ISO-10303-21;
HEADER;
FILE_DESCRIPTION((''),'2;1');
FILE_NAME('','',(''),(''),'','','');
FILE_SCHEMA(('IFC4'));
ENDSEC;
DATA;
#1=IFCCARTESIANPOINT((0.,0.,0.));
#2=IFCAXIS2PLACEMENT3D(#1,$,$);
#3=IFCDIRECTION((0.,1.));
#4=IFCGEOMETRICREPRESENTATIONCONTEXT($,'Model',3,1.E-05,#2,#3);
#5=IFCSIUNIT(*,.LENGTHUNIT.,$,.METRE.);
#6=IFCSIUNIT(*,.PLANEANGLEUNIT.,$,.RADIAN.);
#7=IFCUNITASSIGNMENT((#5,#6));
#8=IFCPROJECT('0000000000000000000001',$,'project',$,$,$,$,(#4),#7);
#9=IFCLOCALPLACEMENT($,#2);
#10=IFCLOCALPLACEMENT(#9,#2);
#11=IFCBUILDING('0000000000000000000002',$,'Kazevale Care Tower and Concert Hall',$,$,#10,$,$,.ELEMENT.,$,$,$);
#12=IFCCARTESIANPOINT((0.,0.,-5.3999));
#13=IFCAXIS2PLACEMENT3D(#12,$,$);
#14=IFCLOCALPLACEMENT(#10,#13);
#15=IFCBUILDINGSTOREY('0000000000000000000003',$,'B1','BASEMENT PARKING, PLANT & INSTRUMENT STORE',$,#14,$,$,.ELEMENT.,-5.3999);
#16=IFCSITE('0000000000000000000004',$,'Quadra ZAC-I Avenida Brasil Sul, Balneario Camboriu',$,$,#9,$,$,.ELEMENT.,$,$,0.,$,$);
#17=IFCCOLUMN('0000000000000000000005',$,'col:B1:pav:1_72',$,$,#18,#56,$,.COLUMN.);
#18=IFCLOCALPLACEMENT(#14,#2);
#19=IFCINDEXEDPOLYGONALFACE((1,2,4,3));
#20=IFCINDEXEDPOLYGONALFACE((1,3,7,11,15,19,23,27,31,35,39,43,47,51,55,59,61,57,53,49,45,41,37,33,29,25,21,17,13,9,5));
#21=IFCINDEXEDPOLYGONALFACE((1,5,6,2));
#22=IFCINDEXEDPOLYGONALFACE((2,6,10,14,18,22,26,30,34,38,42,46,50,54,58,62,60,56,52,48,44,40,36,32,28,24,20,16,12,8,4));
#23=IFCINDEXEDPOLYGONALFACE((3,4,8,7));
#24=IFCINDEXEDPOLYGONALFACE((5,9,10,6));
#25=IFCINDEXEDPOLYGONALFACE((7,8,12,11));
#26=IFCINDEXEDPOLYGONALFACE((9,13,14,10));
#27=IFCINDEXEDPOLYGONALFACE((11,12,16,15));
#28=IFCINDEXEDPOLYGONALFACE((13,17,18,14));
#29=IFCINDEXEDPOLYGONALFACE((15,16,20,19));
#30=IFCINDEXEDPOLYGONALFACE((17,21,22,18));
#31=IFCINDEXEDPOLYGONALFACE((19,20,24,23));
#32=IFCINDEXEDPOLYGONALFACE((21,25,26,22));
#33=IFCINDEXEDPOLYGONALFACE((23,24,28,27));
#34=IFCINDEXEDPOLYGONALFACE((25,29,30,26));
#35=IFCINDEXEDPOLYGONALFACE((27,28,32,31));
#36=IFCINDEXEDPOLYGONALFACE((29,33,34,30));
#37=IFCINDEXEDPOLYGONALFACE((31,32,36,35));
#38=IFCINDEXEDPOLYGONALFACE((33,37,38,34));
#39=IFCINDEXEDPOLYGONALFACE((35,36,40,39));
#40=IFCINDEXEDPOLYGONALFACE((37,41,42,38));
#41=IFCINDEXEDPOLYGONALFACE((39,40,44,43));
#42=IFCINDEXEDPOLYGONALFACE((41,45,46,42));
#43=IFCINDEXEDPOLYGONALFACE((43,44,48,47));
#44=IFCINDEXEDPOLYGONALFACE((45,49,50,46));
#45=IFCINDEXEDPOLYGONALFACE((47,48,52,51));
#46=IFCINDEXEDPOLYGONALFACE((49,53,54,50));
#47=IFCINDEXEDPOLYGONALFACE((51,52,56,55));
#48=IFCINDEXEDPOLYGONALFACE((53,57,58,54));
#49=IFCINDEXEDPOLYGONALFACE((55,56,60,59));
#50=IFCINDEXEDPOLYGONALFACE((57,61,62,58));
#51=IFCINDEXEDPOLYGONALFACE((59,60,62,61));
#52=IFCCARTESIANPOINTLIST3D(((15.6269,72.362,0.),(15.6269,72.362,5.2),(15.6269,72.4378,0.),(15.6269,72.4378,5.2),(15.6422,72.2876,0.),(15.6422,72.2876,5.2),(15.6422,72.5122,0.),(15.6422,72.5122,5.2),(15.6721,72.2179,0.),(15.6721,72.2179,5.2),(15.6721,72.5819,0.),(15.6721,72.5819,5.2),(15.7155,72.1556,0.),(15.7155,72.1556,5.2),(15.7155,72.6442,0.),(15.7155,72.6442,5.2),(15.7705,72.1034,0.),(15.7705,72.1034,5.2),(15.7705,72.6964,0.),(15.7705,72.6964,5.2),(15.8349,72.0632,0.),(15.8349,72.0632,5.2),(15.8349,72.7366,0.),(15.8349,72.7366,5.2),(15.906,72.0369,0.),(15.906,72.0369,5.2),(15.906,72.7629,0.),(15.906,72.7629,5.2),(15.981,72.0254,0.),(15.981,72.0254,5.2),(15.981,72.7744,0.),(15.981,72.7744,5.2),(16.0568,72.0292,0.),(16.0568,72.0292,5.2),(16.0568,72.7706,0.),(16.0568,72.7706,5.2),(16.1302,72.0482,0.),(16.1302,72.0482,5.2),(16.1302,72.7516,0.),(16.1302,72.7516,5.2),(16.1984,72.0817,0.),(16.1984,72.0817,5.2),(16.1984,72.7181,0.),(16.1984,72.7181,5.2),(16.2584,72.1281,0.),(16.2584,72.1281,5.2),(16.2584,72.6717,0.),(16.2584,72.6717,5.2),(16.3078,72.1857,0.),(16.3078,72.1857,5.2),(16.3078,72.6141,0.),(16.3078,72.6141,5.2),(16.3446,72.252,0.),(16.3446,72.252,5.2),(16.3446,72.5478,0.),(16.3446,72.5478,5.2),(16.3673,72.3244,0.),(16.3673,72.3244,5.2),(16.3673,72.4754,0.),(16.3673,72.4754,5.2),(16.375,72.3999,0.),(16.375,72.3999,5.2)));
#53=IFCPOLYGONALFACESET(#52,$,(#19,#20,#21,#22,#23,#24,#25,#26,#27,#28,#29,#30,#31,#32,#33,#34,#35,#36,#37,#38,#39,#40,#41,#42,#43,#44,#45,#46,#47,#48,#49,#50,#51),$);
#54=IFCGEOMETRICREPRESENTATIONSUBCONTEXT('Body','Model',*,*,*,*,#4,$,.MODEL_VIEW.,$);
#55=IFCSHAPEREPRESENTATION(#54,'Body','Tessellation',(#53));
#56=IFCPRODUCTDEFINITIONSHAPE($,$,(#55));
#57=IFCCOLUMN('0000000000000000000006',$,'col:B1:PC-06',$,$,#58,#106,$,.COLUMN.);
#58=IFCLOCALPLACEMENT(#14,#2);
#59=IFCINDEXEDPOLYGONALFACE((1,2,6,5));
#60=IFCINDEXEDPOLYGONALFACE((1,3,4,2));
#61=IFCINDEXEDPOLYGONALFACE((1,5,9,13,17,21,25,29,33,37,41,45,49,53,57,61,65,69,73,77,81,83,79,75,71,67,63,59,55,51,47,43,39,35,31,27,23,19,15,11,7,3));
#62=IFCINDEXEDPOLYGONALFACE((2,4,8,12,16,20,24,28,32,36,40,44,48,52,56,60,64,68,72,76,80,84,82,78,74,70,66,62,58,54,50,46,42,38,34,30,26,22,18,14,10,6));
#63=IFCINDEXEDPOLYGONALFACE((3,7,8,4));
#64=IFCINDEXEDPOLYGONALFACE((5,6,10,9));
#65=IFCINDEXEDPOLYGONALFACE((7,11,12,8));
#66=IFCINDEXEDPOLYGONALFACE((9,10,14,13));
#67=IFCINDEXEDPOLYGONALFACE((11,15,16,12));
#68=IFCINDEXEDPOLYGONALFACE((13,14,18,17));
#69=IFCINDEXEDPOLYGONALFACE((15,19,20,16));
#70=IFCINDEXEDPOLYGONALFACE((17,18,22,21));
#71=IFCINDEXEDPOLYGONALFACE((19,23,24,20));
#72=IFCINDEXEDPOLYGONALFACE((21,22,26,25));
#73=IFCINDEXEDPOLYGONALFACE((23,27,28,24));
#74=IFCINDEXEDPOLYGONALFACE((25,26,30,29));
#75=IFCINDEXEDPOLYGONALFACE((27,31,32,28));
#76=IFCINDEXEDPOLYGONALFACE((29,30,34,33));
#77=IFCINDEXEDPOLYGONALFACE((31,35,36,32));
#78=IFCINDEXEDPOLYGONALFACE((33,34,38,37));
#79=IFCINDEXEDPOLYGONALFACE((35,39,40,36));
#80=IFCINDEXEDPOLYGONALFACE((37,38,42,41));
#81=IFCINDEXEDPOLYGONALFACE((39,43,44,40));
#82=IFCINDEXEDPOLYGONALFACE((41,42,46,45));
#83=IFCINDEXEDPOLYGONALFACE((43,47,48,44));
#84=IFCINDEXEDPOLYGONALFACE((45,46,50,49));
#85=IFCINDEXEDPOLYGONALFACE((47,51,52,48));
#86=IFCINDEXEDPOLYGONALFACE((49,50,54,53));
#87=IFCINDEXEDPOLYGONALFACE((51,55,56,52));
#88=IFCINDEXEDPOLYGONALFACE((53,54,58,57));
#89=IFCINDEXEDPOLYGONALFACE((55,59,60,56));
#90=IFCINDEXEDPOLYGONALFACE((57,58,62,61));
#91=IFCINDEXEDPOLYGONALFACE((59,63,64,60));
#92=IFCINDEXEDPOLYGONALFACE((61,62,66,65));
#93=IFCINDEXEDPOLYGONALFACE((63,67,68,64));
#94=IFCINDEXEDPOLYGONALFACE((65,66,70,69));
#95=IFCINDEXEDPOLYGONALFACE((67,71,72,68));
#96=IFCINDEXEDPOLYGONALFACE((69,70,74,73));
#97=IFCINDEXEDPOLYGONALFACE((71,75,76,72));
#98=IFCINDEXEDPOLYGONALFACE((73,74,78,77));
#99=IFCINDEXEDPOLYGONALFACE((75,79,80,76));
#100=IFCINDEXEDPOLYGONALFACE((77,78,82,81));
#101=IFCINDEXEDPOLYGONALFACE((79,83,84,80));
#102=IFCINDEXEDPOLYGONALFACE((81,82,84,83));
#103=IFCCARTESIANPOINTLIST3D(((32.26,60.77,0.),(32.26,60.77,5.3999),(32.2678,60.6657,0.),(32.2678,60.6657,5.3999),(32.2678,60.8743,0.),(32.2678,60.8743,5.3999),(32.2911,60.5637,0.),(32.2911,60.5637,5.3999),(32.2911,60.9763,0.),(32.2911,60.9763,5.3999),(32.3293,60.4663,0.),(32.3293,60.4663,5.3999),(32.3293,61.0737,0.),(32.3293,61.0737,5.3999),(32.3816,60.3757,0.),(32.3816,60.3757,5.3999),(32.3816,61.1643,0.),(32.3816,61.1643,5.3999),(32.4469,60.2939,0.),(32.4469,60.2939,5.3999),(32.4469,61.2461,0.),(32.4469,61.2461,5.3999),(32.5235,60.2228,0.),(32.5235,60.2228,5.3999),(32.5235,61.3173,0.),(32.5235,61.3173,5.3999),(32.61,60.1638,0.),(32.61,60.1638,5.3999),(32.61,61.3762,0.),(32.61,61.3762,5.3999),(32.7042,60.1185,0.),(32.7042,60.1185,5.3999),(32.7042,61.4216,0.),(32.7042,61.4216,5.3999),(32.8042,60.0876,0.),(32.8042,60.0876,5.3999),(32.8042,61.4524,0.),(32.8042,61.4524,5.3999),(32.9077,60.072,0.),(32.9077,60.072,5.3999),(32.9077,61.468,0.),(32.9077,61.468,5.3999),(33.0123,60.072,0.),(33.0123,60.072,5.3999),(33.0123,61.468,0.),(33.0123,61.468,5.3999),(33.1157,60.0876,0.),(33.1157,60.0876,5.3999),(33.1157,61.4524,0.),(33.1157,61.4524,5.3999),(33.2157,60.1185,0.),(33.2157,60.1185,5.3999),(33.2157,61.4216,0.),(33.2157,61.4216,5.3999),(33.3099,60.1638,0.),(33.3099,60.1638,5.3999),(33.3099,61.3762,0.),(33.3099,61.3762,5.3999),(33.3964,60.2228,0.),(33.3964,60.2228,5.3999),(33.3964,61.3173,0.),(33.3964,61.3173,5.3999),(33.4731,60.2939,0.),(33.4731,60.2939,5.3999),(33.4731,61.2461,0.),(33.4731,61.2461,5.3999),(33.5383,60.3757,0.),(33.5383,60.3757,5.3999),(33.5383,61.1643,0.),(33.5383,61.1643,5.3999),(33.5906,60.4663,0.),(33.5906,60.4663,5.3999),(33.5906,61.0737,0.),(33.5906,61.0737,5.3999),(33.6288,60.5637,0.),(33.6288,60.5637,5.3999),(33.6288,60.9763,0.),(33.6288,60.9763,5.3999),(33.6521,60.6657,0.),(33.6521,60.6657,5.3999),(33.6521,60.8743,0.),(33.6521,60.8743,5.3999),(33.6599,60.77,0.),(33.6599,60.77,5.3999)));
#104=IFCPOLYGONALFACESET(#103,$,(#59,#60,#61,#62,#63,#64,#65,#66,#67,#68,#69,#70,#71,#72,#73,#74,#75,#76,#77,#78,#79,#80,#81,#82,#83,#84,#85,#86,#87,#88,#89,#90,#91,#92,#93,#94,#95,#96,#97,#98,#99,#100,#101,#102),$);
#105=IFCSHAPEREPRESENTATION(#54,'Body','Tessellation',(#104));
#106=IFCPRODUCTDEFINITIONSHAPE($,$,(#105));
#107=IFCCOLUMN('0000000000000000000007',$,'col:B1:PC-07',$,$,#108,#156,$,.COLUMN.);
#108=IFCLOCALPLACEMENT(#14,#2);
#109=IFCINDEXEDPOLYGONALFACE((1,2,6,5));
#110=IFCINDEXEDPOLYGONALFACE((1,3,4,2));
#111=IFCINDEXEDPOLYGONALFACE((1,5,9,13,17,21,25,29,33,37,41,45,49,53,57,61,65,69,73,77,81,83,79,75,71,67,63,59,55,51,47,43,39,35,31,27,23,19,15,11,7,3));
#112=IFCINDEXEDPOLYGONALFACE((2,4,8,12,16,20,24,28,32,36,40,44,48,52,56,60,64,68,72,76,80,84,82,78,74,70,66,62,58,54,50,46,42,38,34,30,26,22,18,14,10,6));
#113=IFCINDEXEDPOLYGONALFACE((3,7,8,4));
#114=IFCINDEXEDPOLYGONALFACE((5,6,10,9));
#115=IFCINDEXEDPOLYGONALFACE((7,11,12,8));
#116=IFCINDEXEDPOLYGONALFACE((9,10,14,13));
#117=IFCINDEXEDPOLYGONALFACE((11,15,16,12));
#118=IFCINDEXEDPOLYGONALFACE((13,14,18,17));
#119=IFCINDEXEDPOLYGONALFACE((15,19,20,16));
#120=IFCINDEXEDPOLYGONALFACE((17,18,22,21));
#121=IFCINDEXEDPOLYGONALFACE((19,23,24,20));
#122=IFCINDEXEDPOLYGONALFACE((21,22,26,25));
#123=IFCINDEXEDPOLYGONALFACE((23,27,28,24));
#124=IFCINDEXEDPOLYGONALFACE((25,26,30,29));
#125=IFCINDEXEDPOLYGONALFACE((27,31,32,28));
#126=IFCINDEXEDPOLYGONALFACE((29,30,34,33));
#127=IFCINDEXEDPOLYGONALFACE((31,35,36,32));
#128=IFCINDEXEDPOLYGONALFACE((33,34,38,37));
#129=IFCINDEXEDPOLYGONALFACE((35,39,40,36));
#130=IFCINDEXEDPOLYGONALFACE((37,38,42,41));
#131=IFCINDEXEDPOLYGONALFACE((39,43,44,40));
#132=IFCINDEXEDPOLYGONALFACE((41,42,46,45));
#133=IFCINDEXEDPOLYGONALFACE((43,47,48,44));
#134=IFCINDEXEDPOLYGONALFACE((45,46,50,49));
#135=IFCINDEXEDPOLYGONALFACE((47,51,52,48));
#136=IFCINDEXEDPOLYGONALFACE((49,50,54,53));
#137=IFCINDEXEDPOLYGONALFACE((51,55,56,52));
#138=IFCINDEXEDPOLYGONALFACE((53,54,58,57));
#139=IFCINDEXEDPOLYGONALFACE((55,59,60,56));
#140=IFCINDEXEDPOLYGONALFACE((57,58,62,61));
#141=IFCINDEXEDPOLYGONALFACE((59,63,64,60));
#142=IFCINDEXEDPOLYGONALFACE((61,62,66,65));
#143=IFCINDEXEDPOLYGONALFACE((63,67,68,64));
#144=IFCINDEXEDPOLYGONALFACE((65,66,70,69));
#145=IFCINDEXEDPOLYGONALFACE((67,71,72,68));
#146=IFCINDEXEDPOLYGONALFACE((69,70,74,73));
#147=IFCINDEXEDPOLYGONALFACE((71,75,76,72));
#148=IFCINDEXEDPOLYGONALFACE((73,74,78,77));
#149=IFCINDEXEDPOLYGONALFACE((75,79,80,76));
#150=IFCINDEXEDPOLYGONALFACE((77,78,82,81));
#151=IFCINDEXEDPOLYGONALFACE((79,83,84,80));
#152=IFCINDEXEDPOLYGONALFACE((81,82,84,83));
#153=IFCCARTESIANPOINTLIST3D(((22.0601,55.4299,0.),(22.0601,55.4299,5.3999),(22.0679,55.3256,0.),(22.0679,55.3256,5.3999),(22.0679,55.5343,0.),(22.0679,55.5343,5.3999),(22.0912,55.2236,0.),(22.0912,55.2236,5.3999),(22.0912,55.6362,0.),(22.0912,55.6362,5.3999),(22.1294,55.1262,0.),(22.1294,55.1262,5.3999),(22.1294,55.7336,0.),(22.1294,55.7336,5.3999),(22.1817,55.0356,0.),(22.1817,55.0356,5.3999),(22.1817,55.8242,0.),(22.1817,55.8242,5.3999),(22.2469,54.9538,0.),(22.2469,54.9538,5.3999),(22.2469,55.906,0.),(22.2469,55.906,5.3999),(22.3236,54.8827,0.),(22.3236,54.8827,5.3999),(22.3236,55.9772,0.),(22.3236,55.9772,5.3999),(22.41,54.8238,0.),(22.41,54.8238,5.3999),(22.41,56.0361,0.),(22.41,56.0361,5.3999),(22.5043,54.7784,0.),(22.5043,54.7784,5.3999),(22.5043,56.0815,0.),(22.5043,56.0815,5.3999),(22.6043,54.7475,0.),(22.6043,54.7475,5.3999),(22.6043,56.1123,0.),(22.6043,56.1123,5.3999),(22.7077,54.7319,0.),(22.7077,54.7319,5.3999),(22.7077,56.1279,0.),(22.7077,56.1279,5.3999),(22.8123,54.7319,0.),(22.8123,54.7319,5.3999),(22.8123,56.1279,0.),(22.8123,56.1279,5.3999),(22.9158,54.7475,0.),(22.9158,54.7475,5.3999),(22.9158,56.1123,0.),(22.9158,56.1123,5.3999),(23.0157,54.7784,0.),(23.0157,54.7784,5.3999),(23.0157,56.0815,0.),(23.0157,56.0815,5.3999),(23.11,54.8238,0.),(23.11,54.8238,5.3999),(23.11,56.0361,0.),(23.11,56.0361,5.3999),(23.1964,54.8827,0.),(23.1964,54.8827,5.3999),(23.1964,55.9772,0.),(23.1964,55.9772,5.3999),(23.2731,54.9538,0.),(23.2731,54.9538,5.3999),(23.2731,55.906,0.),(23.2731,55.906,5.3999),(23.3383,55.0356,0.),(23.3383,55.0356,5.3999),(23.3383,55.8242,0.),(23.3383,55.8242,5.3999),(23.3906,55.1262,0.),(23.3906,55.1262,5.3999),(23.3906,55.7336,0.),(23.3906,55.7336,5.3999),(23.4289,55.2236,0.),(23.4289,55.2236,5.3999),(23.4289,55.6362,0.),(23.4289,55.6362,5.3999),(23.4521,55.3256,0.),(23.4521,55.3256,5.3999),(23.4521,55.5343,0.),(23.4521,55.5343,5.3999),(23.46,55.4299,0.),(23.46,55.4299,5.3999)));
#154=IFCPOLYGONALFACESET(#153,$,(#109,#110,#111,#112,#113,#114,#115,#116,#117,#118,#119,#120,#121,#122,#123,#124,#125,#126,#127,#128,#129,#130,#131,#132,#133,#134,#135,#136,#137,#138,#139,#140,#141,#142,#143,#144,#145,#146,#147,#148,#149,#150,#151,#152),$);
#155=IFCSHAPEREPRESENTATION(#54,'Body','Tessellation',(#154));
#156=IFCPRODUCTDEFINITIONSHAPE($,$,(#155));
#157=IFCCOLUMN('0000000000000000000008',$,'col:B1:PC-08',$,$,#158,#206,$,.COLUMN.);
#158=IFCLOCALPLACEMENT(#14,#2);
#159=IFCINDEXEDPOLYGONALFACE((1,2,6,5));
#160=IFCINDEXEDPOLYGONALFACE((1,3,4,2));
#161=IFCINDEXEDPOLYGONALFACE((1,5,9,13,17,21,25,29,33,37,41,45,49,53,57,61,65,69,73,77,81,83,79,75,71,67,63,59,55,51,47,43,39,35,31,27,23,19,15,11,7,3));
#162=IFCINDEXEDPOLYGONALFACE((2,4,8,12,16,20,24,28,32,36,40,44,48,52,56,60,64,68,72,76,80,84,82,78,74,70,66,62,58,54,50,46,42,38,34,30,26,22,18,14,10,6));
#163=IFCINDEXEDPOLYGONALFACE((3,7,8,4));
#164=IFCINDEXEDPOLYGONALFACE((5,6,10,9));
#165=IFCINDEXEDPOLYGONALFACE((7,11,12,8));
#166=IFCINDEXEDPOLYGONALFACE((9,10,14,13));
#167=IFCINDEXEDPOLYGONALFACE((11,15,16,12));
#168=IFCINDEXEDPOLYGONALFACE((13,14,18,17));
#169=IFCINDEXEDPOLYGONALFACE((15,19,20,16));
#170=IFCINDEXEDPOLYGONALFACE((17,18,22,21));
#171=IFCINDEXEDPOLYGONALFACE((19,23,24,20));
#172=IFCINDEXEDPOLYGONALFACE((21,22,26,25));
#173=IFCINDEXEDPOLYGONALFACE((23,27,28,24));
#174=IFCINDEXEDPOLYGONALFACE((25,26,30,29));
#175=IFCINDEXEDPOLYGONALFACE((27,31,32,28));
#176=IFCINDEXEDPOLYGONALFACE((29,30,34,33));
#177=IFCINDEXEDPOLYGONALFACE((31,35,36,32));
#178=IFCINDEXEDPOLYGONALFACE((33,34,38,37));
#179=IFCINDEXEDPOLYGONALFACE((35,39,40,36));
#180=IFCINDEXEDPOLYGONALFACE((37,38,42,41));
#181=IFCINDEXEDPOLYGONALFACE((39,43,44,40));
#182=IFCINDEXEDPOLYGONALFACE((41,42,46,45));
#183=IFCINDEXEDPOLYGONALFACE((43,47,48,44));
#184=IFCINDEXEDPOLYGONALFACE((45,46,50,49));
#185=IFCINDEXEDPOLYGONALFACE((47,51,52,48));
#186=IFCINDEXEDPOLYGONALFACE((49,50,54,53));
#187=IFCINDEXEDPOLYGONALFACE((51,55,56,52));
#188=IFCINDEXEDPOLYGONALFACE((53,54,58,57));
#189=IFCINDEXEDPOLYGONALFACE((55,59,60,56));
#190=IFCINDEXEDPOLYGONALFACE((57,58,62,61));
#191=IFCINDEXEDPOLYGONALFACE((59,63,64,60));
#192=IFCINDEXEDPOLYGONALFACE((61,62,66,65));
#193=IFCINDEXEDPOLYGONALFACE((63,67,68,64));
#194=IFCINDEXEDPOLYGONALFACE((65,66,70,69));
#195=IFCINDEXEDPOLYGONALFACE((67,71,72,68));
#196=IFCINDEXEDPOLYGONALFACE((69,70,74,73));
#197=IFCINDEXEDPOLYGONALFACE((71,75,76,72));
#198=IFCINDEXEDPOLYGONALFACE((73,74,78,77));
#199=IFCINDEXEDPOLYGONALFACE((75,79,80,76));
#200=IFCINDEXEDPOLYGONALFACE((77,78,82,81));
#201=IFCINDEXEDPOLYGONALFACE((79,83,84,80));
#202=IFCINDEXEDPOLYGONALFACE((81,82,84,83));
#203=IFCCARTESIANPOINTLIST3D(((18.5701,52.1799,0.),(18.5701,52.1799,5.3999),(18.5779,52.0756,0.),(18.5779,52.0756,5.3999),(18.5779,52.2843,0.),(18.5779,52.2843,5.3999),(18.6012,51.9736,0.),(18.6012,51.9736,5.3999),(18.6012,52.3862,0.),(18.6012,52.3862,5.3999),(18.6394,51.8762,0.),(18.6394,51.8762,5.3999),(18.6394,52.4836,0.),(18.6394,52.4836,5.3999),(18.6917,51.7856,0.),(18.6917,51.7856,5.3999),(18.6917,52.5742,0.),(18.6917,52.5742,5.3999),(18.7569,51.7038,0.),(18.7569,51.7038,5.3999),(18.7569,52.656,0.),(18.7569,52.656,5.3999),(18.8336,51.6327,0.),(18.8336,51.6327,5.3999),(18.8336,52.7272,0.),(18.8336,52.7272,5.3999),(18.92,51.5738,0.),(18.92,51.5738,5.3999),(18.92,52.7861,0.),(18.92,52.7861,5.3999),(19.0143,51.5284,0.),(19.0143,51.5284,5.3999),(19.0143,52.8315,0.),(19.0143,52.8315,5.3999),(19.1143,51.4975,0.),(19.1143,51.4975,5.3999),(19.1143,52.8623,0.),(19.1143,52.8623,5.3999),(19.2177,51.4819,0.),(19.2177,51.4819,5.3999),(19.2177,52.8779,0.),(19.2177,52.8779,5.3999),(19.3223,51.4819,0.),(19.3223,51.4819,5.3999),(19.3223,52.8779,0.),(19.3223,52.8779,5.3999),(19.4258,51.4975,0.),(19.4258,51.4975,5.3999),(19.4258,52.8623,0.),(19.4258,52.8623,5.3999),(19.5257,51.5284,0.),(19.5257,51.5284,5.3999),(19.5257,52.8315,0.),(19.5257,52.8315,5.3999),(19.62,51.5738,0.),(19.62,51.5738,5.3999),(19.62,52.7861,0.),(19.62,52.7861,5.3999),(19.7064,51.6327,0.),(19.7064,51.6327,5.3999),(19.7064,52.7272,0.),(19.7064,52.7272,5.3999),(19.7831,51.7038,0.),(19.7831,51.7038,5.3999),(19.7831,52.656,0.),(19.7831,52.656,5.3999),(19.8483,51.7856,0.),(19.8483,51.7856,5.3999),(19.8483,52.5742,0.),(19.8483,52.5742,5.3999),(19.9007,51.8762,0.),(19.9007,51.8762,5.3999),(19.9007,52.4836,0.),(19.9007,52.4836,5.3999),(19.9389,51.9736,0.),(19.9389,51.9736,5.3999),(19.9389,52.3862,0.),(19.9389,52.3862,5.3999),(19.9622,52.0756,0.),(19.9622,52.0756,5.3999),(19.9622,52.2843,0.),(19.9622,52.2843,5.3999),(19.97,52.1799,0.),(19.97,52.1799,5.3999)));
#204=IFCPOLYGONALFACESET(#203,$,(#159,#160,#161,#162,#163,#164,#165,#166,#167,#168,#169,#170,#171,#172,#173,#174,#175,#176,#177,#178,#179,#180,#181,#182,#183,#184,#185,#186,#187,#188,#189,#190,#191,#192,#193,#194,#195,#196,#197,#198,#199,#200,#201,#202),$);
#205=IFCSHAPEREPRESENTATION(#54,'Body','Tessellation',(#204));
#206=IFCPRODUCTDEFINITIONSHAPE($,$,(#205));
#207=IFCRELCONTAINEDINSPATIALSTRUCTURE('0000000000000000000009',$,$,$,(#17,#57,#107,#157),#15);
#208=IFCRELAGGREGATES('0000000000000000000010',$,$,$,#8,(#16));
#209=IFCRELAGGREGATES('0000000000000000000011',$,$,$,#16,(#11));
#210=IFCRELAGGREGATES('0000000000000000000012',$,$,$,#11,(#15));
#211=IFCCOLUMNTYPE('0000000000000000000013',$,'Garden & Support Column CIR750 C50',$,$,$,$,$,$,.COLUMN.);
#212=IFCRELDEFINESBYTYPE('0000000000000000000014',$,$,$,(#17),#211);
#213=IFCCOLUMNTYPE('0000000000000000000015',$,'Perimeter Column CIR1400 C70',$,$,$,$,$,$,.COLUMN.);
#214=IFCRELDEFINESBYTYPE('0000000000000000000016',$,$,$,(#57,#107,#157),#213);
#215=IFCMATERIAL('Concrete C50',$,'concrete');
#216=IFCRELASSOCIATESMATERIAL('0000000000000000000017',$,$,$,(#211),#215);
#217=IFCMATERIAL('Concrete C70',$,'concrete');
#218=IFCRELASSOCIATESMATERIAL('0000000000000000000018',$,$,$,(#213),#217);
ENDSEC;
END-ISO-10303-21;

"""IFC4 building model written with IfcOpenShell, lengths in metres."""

from ifc_helpers import new_model, si_unit, direction, frame, origin, origin_2d, place, context, subcontext, project, spatial, circle, extrude, material, material_profile, profile_set, type_object, element, save


model = new_model("IFC4")

# Units and contexts
model_context = context("Model", 3, precision=1e-05, world=origin(), true_north=direction((0.0, 1.0)))
body_context = subcontext(model_context, "Body", "Model", "MODEL_VIEW")
ifc_project = project(units=[si_unit("LENGTHUNIT", "METRE"), si_unit("PLANEANGLEUNIT", "RADIAN")], contexts=[model_context])

# Site, building, storey
site_placement = place(None, origin())
site = spatial("IfcSite", under=ifc_project, at=site_placement, Name="Quadra ZAC-I Avenida Brasil Sul, Balneario Camboriu", CompositionType="ELEMENT", RefElevation=0.0)
building_placement = place(site_placement, origin())
building = spatial("IfcBuilding", under=site, at=building_placement, Name="Kazevale Care Tower and Concert Hall", CompositionType="ELEMENT")
storey_placement = place(building_placement, frame((0.0, 0.0, -5.3999)))
storey = spatial("IfcBuildingStorey", under=building, at=storey_placement, Name="B1", Description="BASEMENT PARKING, PLANT & INSTRUMENT STORE", CompositionType="ELEMENT", Elevation=-5.3999)

# Shared definitions
ifc_material_1 = material(Name="Concrete C50", Category="concrete")

# Columns
ifc_material_profile_1 = material_profile(ifc_material_1, circle(Radius=0.375, at=origin_2d()), Name="RC-CIR750")
ifc_profile_set_1 = profile_set([ifc_material_profile_1], Name="Concrete C50")
column_type_1 = type_object("IfcColumnType", Name="Garden & Support Column CIR750 C50", PredefinedType="COLUMN", material=ifc_profile_set_1)
column_placement = place(storey_placement, frame((16.0, 72.3999, 0.0), z_axis=(0.0, 0.0, 1.0), x_axis=(1.0, 0.0, 0.0)))
element("IfcColumn", 1, at=column_placement, inside=storey, type_object=column_type_1, Name="col:B1:pav:1_72", PredefinedType="COLUMN", context=body_context, shape_type="SweptSolid", body=[
    extrude(circle(Radius=0.375, at=origin_2d()), origin(), (0.0, 0.0, 1.0), 5.2),
])
ifc_material_2 = material(Name="Concrete C70", Category="concrete")
ifc_material_profile_2 = material_profile(ifc_material_2, circle(Radius=0.7, at=origin_2d()), Name="RC-CIR1400")
ifc_profile_set_2 = profile_set([ifc_material_profile_2], Name="Concrete C70")
column_type_2 = type_object("IfcColumnType", Name="Perimeter Column CIR1400 C70", PredefinedType="COLUMN", material=ifc_profile_set_2)
for number, where, z_axis, x_axis, name in (
    (2, (32.96, 60.77, 0.0), (0.0, 0.0, 1.0), (1.0, 0.0, 0.0), "col:B1:PC-06"),
    (3, (22.76, 55.4299, 0.0), (0.0, 0.0, 1.0), (1.0, 0.0, 0.0), "col:B1:PC-07"),
    (4, (19.27, 52.1799, 0.0), (0.0, 0.0, 1.0), (1.0, 0.0, 0.0), "col:B1:PC-08"),
):
    element("IfcColumn", number, at=place(storey_placement, frame(where, z_axis=z_axis, x_axis=x_axis)), inside=storey, type_object=column_type_2, Name=name, PredefinedType="COLUMN", context=body_context, shape_type="SweptSolid", body=[
        extrude(circle(Radius=0.7, at=origin_2d()), origin(), (0.0, 0.0, 1.0), 5.3999),
    ])

save(model, "model.ifc")
